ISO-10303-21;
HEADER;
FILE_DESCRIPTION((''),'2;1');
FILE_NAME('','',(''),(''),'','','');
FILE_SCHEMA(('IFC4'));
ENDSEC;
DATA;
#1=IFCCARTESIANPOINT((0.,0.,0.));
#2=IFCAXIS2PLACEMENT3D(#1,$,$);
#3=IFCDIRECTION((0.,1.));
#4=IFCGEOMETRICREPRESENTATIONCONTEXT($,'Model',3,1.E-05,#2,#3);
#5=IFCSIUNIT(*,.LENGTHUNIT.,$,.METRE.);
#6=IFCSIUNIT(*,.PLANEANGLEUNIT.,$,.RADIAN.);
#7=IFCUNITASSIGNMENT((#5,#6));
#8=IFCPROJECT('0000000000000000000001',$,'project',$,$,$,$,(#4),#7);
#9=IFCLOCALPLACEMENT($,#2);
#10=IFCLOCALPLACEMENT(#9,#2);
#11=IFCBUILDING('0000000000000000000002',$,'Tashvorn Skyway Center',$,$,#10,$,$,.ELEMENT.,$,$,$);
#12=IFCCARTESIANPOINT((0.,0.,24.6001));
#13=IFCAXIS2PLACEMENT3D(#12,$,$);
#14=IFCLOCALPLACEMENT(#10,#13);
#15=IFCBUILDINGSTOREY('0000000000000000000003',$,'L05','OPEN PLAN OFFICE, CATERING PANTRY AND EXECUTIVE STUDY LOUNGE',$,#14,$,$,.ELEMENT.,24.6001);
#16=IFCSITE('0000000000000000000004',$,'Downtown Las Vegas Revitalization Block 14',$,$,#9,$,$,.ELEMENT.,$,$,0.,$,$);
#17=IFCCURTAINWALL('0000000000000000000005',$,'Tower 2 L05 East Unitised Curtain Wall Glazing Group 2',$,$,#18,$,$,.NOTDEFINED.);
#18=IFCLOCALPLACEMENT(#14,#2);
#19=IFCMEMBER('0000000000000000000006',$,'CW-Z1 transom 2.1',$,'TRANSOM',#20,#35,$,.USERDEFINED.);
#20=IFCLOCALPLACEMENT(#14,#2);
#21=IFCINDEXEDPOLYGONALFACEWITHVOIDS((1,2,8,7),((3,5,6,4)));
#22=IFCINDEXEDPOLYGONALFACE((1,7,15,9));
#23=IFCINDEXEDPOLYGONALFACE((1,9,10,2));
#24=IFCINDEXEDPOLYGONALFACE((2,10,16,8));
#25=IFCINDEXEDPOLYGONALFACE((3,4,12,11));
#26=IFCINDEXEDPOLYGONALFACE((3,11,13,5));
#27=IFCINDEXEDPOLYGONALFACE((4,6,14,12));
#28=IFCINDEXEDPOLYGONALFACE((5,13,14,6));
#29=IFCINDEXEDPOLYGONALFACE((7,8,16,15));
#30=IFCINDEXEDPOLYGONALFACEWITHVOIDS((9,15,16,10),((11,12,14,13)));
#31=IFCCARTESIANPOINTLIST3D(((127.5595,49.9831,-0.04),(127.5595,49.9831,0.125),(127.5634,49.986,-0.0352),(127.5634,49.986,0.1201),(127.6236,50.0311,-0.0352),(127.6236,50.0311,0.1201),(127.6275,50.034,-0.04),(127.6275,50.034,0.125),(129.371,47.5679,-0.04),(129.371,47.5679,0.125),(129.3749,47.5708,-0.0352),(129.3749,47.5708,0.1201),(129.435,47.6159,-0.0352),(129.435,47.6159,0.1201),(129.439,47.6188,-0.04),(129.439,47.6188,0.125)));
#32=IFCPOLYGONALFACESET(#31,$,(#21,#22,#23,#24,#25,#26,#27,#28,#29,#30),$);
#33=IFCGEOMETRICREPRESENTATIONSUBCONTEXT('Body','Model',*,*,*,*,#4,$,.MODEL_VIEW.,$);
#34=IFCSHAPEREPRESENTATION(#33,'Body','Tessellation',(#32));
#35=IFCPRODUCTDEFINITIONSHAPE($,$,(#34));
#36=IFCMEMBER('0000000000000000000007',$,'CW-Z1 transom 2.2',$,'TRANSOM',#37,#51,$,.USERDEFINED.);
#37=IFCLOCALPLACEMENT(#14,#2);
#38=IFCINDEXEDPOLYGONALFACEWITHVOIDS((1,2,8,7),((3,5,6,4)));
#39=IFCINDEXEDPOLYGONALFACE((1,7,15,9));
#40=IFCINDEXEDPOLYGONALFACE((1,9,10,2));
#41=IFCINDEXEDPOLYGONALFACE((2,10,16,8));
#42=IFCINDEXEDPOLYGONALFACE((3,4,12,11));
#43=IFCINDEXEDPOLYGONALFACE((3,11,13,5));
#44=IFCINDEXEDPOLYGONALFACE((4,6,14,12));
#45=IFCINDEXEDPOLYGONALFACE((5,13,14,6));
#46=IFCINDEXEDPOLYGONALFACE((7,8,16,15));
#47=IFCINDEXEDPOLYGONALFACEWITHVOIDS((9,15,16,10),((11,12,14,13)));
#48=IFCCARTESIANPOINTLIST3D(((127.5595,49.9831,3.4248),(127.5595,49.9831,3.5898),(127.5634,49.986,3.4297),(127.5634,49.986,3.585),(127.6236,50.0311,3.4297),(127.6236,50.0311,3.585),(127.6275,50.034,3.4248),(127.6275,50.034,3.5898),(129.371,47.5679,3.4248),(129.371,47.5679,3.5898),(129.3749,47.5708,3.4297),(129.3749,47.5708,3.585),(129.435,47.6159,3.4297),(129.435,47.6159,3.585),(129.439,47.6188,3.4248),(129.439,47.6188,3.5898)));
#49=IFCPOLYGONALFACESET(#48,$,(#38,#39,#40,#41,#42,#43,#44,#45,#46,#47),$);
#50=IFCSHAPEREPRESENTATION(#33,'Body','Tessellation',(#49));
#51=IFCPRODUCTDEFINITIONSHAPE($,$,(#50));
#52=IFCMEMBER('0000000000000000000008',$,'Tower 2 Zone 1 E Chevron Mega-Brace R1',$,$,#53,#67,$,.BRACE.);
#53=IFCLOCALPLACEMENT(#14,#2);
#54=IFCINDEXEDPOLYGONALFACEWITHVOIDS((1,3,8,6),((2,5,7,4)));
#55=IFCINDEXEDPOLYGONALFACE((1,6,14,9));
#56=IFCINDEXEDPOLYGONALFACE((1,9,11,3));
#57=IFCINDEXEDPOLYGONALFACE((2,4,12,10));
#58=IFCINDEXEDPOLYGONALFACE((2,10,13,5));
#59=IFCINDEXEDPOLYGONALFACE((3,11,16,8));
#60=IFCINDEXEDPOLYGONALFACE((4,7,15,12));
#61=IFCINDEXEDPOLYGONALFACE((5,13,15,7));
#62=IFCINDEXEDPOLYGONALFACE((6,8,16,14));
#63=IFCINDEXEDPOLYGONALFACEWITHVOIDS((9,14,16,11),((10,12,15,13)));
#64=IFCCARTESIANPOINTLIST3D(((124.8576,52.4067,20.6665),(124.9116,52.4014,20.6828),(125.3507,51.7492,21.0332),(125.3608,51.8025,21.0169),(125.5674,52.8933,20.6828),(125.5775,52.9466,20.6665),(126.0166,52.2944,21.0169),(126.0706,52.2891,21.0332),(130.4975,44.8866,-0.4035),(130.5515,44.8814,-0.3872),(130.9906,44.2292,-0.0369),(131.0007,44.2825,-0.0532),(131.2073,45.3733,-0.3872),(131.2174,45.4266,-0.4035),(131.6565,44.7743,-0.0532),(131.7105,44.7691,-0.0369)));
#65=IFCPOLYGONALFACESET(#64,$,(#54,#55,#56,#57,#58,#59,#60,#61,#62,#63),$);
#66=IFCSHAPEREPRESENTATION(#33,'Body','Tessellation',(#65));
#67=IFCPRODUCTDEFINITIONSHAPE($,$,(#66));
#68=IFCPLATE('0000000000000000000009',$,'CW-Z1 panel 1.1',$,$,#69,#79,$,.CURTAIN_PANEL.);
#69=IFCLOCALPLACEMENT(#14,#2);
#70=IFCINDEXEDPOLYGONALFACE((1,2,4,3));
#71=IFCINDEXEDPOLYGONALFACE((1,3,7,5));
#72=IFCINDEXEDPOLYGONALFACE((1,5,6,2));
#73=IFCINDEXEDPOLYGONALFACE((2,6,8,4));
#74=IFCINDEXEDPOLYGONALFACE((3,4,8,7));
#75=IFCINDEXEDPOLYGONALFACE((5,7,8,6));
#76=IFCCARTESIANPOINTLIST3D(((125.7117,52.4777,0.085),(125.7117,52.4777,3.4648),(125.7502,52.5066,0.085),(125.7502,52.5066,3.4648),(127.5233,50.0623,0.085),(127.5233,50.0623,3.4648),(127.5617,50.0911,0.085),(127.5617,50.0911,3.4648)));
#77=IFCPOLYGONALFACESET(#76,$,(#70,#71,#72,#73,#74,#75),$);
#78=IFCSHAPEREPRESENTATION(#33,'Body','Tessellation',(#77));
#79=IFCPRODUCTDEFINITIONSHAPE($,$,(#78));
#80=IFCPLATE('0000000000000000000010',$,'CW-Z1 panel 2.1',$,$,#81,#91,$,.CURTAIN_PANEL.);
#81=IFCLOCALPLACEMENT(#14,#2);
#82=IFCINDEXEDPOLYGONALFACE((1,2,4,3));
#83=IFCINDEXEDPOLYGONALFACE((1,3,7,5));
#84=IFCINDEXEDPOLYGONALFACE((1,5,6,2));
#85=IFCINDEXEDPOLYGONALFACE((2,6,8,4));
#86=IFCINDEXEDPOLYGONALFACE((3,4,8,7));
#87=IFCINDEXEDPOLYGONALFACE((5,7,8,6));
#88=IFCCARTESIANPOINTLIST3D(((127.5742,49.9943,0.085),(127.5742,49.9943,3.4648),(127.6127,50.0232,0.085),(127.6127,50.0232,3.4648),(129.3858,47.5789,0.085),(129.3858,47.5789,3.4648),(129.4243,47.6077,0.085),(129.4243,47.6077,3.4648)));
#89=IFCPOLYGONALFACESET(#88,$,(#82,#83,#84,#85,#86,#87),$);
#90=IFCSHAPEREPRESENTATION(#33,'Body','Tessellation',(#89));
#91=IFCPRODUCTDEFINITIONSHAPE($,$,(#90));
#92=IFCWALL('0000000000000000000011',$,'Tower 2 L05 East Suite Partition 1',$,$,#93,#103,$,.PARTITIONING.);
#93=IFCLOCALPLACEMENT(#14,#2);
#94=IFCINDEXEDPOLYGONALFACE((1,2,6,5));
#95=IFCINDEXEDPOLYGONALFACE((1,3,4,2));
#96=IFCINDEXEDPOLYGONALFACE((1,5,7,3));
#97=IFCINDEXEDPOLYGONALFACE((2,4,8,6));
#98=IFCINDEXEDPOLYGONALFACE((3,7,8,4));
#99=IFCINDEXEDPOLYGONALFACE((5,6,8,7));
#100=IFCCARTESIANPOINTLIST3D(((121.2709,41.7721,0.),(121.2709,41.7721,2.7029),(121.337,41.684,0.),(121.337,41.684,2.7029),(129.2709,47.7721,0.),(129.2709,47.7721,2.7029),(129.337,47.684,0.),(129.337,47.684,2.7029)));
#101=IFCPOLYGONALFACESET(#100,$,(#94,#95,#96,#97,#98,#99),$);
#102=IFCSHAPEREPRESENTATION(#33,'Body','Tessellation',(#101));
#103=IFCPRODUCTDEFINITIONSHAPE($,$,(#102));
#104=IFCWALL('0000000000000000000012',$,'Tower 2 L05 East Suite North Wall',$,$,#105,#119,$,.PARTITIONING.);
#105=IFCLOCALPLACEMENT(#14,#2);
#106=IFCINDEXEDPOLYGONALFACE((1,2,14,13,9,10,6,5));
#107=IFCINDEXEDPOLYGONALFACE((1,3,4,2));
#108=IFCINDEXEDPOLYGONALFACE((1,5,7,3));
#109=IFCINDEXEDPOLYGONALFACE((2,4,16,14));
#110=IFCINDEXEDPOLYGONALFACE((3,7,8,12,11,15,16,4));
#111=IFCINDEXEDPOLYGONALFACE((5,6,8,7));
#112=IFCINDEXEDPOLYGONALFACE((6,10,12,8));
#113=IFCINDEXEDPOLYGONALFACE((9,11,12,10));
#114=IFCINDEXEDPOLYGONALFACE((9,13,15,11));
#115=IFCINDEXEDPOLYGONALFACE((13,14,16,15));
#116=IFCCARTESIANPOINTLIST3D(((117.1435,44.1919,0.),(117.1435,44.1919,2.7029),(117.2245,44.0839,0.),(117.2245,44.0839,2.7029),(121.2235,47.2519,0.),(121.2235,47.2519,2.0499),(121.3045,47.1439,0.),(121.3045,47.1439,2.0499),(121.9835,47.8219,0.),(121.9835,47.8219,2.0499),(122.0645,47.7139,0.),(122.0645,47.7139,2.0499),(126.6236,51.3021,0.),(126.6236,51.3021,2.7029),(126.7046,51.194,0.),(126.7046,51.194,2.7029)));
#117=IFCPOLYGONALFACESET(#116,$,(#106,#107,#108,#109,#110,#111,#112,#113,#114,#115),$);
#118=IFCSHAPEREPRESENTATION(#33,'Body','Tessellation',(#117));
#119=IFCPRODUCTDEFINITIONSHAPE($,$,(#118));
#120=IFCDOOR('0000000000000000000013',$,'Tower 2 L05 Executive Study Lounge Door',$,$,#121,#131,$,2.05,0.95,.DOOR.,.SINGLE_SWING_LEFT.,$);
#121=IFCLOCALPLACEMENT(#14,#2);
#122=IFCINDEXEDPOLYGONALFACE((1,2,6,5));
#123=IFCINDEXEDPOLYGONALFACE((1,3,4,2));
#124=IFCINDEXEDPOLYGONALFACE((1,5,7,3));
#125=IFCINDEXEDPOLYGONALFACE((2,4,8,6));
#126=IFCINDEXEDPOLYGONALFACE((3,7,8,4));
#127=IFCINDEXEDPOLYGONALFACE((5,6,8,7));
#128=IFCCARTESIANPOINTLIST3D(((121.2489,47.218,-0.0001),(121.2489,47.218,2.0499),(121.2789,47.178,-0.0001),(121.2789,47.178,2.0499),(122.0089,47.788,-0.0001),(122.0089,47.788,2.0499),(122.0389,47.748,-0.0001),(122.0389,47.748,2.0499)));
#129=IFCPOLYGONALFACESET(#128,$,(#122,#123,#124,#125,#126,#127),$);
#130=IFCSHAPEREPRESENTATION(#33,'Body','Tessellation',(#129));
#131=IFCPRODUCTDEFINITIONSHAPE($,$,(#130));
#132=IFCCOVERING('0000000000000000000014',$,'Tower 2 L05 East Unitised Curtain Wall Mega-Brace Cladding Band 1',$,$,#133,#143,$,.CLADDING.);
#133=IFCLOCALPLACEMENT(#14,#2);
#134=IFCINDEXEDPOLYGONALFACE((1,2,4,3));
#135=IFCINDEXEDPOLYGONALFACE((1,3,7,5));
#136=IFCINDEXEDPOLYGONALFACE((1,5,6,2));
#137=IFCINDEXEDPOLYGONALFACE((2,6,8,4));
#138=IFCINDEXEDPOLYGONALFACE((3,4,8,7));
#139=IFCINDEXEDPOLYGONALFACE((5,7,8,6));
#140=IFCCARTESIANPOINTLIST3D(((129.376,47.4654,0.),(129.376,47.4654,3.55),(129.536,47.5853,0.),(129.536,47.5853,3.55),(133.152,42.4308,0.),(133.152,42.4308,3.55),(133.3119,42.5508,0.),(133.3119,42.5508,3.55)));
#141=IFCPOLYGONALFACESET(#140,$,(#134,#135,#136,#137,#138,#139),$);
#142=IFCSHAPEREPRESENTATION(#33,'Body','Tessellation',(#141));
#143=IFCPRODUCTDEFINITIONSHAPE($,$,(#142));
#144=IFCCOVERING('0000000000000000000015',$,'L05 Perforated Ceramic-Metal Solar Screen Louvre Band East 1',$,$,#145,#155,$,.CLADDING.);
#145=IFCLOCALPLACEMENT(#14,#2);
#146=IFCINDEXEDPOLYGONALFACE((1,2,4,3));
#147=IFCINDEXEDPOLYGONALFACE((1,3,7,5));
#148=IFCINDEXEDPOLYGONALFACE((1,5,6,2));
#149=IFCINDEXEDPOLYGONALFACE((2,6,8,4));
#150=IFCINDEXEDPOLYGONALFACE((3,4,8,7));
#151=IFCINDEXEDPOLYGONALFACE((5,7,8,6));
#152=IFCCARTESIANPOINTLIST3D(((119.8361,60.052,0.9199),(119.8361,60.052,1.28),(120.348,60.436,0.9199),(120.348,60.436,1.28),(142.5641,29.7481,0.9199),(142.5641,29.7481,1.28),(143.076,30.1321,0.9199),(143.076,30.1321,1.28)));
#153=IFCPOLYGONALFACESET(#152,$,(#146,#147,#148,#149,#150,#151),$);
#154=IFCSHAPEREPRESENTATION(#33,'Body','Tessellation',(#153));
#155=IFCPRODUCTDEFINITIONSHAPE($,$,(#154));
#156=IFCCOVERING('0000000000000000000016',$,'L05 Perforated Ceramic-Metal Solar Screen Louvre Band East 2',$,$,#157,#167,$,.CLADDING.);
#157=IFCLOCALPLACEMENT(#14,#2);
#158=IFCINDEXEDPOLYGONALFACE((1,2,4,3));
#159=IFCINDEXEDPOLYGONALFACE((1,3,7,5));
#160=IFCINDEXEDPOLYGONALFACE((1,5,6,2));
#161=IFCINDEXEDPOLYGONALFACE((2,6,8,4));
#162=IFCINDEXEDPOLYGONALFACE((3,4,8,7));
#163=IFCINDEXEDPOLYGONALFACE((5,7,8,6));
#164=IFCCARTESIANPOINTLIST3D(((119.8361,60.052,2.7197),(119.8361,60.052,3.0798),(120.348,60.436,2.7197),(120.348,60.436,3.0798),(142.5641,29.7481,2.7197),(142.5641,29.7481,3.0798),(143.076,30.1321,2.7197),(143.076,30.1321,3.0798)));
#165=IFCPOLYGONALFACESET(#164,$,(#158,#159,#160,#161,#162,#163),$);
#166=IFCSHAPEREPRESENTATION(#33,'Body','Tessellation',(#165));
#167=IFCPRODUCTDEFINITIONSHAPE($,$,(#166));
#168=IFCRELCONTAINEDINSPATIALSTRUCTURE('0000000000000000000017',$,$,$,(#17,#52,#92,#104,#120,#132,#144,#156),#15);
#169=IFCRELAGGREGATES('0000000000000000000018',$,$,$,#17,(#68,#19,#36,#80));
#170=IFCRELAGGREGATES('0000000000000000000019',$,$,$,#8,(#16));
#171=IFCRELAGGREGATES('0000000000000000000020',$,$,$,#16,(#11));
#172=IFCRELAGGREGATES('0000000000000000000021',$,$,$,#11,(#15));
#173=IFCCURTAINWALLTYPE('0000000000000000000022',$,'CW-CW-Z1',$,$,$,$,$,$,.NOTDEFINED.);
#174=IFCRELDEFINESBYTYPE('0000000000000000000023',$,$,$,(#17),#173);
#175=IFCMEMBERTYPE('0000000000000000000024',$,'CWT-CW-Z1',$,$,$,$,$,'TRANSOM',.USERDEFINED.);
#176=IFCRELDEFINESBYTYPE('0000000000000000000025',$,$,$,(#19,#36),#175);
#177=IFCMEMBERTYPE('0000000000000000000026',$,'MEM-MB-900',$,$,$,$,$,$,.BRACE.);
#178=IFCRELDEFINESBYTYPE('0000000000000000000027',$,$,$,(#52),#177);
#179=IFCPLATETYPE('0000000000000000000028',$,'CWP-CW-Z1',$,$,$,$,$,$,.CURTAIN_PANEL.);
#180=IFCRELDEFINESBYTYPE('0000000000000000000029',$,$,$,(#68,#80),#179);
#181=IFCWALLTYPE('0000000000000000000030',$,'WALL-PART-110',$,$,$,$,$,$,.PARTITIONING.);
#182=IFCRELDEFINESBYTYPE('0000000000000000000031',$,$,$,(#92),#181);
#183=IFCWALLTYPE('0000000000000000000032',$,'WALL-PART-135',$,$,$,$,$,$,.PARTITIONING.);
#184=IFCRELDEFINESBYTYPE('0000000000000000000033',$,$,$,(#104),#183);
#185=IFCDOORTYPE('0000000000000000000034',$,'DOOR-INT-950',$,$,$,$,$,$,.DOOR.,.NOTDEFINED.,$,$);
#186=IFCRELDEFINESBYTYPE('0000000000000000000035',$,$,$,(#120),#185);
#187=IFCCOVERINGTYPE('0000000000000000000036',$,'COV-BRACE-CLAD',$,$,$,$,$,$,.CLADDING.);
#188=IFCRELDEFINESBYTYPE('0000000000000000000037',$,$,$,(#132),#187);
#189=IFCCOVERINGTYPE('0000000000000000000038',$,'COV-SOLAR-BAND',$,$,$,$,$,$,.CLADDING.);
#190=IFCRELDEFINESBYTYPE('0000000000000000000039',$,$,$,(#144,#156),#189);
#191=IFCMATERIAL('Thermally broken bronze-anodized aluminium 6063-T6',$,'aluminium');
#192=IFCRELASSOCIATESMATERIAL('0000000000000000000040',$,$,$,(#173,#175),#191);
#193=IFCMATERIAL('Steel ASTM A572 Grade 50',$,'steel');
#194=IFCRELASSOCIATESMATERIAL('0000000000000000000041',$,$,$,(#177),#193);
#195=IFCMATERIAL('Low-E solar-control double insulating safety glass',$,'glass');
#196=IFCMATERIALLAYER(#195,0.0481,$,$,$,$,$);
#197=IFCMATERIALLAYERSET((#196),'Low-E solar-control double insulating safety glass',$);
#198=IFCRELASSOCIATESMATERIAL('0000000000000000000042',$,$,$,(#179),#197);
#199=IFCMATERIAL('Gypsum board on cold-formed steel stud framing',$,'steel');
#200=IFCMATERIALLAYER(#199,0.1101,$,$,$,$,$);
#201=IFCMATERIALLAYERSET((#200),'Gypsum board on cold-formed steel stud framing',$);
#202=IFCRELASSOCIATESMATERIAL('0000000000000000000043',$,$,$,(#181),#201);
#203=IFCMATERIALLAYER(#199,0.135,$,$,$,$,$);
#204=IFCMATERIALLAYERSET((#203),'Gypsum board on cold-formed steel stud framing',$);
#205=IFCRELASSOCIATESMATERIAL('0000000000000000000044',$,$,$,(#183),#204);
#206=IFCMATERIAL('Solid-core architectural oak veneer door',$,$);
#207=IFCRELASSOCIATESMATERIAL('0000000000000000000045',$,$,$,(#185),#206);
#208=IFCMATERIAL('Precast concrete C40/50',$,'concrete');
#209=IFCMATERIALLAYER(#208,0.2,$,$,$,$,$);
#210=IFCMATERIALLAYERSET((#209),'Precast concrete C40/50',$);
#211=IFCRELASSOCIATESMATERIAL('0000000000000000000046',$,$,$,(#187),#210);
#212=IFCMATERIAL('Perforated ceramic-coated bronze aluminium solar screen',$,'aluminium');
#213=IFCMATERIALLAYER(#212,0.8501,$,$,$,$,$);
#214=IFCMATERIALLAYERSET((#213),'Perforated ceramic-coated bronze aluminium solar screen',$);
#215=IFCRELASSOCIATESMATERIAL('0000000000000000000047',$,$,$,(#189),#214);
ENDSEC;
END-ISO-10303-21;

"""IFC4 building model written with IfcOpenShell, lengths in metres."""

from ifc_helpers import new_model, si_unit, direction, frame, frame_2d, origin, origin_2d, place, context, subcontext, project, spatial, rectangle, hollow_rectangle, extrude, material, layer, layer_set, material_profile, profile_set, type_object, element, fill, aggregate, save


model = new_model("IFC4")

# Units and contexts
model_context = context("Model", 3, precision=1e-05, world=origin(), true_north=direction((0.0, 1.0)))
body_context = subcontext(model_context, "Body", "Model", "MODEL_VIEW")
ifc_project = project(units=[si_unit("LENGTHUNIT", "METRE"), si_unit("PLANEANGLEUNIT", "RADIAN")], contexts=[model_context])

# Site, building, storey
site_placement = place(None, origin())
site = spatial("IfcSite", under=ifc_project, at=site_placement, Name="Downtown Las Vegas Revitalization Block 14", CompositionType="ELEMENT", RefElevation=0.0)
building_placement = place(site_placement, origin())
building = spatial("IfcBuilding", under=site, at=building_placement, Name="Tashvorn Skyway Center", CompositionType="ELEMENT")
storey_placement = place(building_placement, frame((0.0, 0.0, 24.6001)))
storey = spatial("IfcBuildingStorey", under=building, at=storey_placement, Name="L05", Description="OPEN PLAN OFFICE, CATERING PANTRY AND EXECUTIVE STUDY LOUNGE", CompositionType="ELEMENT", Elevation=24.6001)

# Shared definitions
ifc_material_1 = material(Name="Steel ASTM A572 Grade 50", Category="steel")

# Shared definitions
ifc_material_2 = material(Name="Thermally broken bronze-anodized aluminium 6063-T6", Category="aluminium")
curtain_wall_type = type_object("IfcCurtainWallType", Name="CW-CW-Z1", PredefinedType="NOTDEFINED", material=ifc_material_2)

# Curtain wall, members
curtain_wall_1_placement = place(storey_placement, origin())
curtain_wall_1 = element("IfcCurtainWall", 1, at=curtain_wall_1_placement, inside=storey, type_object=curtain_wall_type, Name="Tower 2 L05 East Unitised Curtain Wall Glazing Group 2", PredefinedType="NOTDEFINED")
ifc_material_profile_1 = material_profile(ifc_material_2, hollow_rectangle(XDim=0.085, YDim=0.165, WallThickness=0.0049, at=origin_2d()), Name="ALU-TRAN-85x165")
ifc_profile_set_1 = profile_set([ifc_material_profile_1], Name="Thermally broken bronze-anodized aluminium 6063-T6")
member_type_1 = type_object("IfcMemberType", Name="CWT-CW-Z1", ElementType="TRANSOM", PredefinedType="USERDEFINED", material=ifc_profile_set_1)
member_1_placement = place(storey_placement, frame((127.5935, 50.0085, 0.0425), z_axis=(0.600013, -0.79999, 0.0), x_axis=(0.79999, 0.600013, 0.0)))
member_1 = element("IfcMember", 2, at=member_1_placement, type_object=member_type_1, Name="CW-Z1 transom 2.1", ObjectType="TRANSOM", PredefinedType="USERDEFINED", context=body_context, shape_type="SweptSolid", body=[
    extrude(hollow_rectangle(XDim=0.085, YDim=0.165, WallThickness=0.0049, at=origin_2d()), origin(), (0.0, 0.0, 1.0), 3.019),
])
member_2_placement = place(storey_placement, frame((127.5935, 50.0085, 3.5073), z_axis=(0.600013, -0.79999, 0.0), x_axis=(0.79999, 0.600013, 0.0)))
member_2 = element("IfcMember", 3, at=member_2_placement, type_object=member_type_1, Name="CW-Z1 transom 2.2", ObjectType="TRANSOM", PredefinedType="USERDEFINED", context=body_context, shape_type="SweptSolid", body=[
    extrude(hollow_rectangle(XDim=0.085, YDim=0.165, WallThickness=0.0049, at=origin_2d()), origin(), (0.0, 0.0, 1.0), 3.019),
])

# Member
ifc_material_profile_2 = material_profile(ifc_material_1, hollow_rectangle(XDim=0.8999, YDim=0.8999, WallThickness=0.04, at=origin_2d()), Name="BOX900x900x40")
ifc_profile_set_2 = profile_set([ifc_material_profile_2], Name="Steel ASTM A572 Grade 50")
member_type_2 = type_object("IfcMemberType", Name="MEM-MB-900", PredefinedType="BRACE", material=ifc_profile_set_2)
member_3_placement = place(storey_placement, frame((131.104, 44.8279, -0.2202), z_axis=(-0.24445, 0.32594, 0.91324), x_axis=(-0.800006, -0.599992, 0.0)))
element("IfcMember", 4, at=member_3_placement, inside=storey, type_object=member_type_2, Name="Tower 2 Zone 1 E Chevron Mega-Brace R1", PredefinedType="BRACE", context=body_context, shape_type="SweptSolid", body=[
    extrude(hollow_rectangle(XDim=0.8999, YDim=0.8999, WallThickness=0.04, at=origin_2d()), origin(), (0.0, 0.0, 1.0), 23.0718),
])

# Plates
ifc_material_3 = material(Name="Low-E solar-control double insulating safety glass", Category="glass")
ifc_layer_1 = layer(ifc_material_3, 0.0481)
ifc_layer_set_1 = layer_set([ifc_layer_1], Name="Low-E solar-control double insulating safety glass")
plate_type = type_object("IfcPlateType", Name="CWP-CW-Z1", PredefinedType="CURTAIN_PANEL", material=ifc_layer_set_1)
plate_1_placement = place(storey_placement, frame((126.6367, 51.2844, 0.085), z_axis=(0.0, 0.0, 1.0), x_axis=(0.599997, -0.800002, 0.0)))
plate_1 = element("IfcPlate", 5, at=plate_1_placement, type_object=plate_type, Name="CW-Z1 panel 1.1", PredefinedType="CURTAIN_PANEL", context=body_context, shape_type="SweptSolid", body=[
    extrude(rectangle(XDim=3.0193, YDim=0.0481, at=origin_2d()), origin(), (0.0, 0.0, 1.0), 3.3799),
])
plate_2_placement = place(storey_placement, frame((128.4993, 48.801, 0.085), z_axis=(0.0, 0.0, 1.0), x_axis=(0.599997, -0.800002, 0.0)))
plate_2 = element("IfcPlate", 6, at=plate_2_placement, type_object=plate_type, Name="CW-Z1 panel 2.1", PredefinedType="CURTAIN_PANEL", context=body_context, shape_type="SweptSolid", body=[
    extrude(rectangle(XDim=3.0193, YDim=0.0481, at=origin_2d()), origin(), (0.0, 0.0, 1.0), 3.3799),
])
aggregate(curtain_wall_1, [plate_1, member_1, member_2, plate_2])

# Wall
ifc_material_4 = material(Name="Gypsum board on cold-formed steel stud framing", Category="steel")
ifc_layer_2 = layer(ifc_material_4, 0.1101)
ifc_layer_set_2 = layer_set([ifc_layer_2], Name="Gypsum board on cold-formed steel stud framing")
wall_type_1 = type_object("IfcWallType", Name="WALL-PART-110", PredefinedType="PARTITIONING", material=ifc_layer_set_2)
wall_1_placement = place(storey_placement, frame((129.304, 47.728, 0.0), z_axis=(0.0, 0.0, 1.0), x_axis=(-0.8, -0.6, 0.0)))
element("IfcWall", 7, at=wall_1_placement, inside=storey, type_object=wall_type_1, Name="Tower 2 L05 East Suite Partition 1", PredefinedType="PARTITIONING", context=body_context, shape_type="SweptSolid", body=[
    extrude(rectangle(XDim=10.0, YDim=0.1101, at=frame_2d((5.0, 0.0))), origin(), (0.0, 0.0, 1.0), 2.7029),
])

# Wall, opening, door
ifc_layer_3 = layer(ifc_material_4, 0.135)
ifc_layer_set_3 = layer_set([ifc_layer_3], Name="Gypsum board on cold-formed steel stud framing")
wall_type_2 = type_object("IfcWallType", Name="WALL-PART-135", PredefinedType="PARTITIONING", material=ifc_layer_set_3)
wall_2_placement = place(storey_placement, frame((126.6641, 51.248, 0.0), z_axis=(0.0, 0.0, 1.0), x_axis=(-0.799995, -0.600007, 0.0)))
wall_2 = element("IfcWall", 8, at=wall_2_placement, inside=storey, type_object=wall_type_2, Name="Tower 2 L05 East Suite North Wall", PredefinedType="PARTITIONING", context=body_context, shape_type="SweptSolid", body=[
    extrude(rectangle(XDim=11.8501, YDim=0.135, at=frame_2d((5.925, 0.0))), origin(), (0.0, 0.0, 1.0), 2.7029),
])
opening_placement = place(wall_2_placement, frame((5.8, 0.0, 0.0)))
opening = element("IfcOpeningElement", 9, at=opening_placement, cuts=wall_2, PredefinedType="OPENING", context=body_context, shape_type="SweptSolid", body=[
    extrude(rectangle(XDim=0.95, YDim=2.05, at=frame_2d((0.4751, 1.0249))), frame((0.0, 0.0774, 0.0), z_axis=(0.0, -1.0, 0.0), x_axis=(1.0, 0.0, 0.0)), (0.0, 0.0, 1.0), 0.155),
])
ifc_material_5 = material(Name="Solid-core architectural oak veneer door")
door_type = type_object("IfcDoorType", Name="DOOR-INT-950", OperationType="NOTDEFINED", PredefinedType="DOOR", material=ifc_material_5)
door_placement = place(opening_placement, origin())
door = element("IfcDoor", 10, at=door_placement, inside=storey, type_object=door_type, Name="Tower 2 L05 Executive Study Lounge Door", OperationType="SINGLE_SWING_LEFT", OverallHeight=2.05, OverallWidth=0.95, PredefinedType="DOOR", context=body_context, shape_type="SweptSolid", body=[
    extrude(rectangle(XDim=0.95, YDim=2.05, at=frame_2d((0.4751, 1.0249))), frame((0.0, 0.0249, 0.0), z_axis=(0.0, -1.0, 0.0), x_axis=(1.0, 0.0, 0.0)), (0.0, 0.0, 1.0), 0.05),
])
fill(opening, door)

# Coverings
ifc_material_6 = material(Name="Precast concrete C40/50", Category="concrete")
ifc_layer_4 = layer(ifc_material_6, 0.2)
ifc_layer_set_4 = layer_set([ifc_layer_4], Name="Precast concrete C40/50")
covering_type_1 = type_object("IfcCoveringType", Name="COV-BRACE-CLAD", PredefinedType="CLADDING", material=ifc_layer_set_4)
covering_placement = place(storey_placement, frame((131.344, 45.0081, 0.0), z_axis=(0.0, 0.0, 1.0), x_axis=(0.6, -0.8, 0.0)))
element("IfcCovering", 11, at=covering_placement, inside=storey, type_object=covering_type_1, Name="Tower 2 L05 East Unitised Curtain Wall Mega-Brace Cladding Band 1", PredefinedType="CLADDING", context=body_context, shape_type="SweptSolid", body=[
    extrude(rectangle(XDim=6.2932, YDim=0.2, at=origin_2d()), origin(), (0.0, 0.0, 1.0), 3.55),
])
ifc_material_7 = material(Name="Perforated ceramic-coated bronze aluminium solar screen", Category="aluminium")
ifc_layer_5 = layer(ifc_material_7, 0.8501)
ifc_layer_set_5 = layer_set([ifc_layer_5], Name="Perforated ceramic-coated bronze aluminium solar screen")
covering_type_2 = type_object("IfcCoveringType", Name="COV-SOLAR-BAND", PredefinedType="CLADDING", material=ifc_layer_set_5)
for number, where, z_axis, x_axis, name in (
    (12, (131.4561, 45.092, 0.9199), (0.0, 0.0, 1.0), (0.6, -0.8, 0.0), "L05 Perforated Ceramic-Metal Solar Screen Louvre Band East 1"),
    (13, (131.4561, 45.092, 2.7197), (0.0, 0.0, 1.0), (0.6, -0.8, 0.0), "L05 Perforated Ceramic-Metal Solar Screen Louvre Band East 2"),
):
    element("IfcCovering", number, at=place(storey_placement, frame(where, z_axis=z_axis, x_axis=x_axis)), inside=storey, type_object=covering_type_2, Name=name, PredefinedType="CLADDING", context=body_context, shape_type="SweptSolid", body=[
        extrude(rectangle(XDim=37.8799, YDim=0.6399, at=origin_2d()), origin(), (0.0, 0.0, 1.0), 0.3601),
    ])

save(model, "model.ifc")
